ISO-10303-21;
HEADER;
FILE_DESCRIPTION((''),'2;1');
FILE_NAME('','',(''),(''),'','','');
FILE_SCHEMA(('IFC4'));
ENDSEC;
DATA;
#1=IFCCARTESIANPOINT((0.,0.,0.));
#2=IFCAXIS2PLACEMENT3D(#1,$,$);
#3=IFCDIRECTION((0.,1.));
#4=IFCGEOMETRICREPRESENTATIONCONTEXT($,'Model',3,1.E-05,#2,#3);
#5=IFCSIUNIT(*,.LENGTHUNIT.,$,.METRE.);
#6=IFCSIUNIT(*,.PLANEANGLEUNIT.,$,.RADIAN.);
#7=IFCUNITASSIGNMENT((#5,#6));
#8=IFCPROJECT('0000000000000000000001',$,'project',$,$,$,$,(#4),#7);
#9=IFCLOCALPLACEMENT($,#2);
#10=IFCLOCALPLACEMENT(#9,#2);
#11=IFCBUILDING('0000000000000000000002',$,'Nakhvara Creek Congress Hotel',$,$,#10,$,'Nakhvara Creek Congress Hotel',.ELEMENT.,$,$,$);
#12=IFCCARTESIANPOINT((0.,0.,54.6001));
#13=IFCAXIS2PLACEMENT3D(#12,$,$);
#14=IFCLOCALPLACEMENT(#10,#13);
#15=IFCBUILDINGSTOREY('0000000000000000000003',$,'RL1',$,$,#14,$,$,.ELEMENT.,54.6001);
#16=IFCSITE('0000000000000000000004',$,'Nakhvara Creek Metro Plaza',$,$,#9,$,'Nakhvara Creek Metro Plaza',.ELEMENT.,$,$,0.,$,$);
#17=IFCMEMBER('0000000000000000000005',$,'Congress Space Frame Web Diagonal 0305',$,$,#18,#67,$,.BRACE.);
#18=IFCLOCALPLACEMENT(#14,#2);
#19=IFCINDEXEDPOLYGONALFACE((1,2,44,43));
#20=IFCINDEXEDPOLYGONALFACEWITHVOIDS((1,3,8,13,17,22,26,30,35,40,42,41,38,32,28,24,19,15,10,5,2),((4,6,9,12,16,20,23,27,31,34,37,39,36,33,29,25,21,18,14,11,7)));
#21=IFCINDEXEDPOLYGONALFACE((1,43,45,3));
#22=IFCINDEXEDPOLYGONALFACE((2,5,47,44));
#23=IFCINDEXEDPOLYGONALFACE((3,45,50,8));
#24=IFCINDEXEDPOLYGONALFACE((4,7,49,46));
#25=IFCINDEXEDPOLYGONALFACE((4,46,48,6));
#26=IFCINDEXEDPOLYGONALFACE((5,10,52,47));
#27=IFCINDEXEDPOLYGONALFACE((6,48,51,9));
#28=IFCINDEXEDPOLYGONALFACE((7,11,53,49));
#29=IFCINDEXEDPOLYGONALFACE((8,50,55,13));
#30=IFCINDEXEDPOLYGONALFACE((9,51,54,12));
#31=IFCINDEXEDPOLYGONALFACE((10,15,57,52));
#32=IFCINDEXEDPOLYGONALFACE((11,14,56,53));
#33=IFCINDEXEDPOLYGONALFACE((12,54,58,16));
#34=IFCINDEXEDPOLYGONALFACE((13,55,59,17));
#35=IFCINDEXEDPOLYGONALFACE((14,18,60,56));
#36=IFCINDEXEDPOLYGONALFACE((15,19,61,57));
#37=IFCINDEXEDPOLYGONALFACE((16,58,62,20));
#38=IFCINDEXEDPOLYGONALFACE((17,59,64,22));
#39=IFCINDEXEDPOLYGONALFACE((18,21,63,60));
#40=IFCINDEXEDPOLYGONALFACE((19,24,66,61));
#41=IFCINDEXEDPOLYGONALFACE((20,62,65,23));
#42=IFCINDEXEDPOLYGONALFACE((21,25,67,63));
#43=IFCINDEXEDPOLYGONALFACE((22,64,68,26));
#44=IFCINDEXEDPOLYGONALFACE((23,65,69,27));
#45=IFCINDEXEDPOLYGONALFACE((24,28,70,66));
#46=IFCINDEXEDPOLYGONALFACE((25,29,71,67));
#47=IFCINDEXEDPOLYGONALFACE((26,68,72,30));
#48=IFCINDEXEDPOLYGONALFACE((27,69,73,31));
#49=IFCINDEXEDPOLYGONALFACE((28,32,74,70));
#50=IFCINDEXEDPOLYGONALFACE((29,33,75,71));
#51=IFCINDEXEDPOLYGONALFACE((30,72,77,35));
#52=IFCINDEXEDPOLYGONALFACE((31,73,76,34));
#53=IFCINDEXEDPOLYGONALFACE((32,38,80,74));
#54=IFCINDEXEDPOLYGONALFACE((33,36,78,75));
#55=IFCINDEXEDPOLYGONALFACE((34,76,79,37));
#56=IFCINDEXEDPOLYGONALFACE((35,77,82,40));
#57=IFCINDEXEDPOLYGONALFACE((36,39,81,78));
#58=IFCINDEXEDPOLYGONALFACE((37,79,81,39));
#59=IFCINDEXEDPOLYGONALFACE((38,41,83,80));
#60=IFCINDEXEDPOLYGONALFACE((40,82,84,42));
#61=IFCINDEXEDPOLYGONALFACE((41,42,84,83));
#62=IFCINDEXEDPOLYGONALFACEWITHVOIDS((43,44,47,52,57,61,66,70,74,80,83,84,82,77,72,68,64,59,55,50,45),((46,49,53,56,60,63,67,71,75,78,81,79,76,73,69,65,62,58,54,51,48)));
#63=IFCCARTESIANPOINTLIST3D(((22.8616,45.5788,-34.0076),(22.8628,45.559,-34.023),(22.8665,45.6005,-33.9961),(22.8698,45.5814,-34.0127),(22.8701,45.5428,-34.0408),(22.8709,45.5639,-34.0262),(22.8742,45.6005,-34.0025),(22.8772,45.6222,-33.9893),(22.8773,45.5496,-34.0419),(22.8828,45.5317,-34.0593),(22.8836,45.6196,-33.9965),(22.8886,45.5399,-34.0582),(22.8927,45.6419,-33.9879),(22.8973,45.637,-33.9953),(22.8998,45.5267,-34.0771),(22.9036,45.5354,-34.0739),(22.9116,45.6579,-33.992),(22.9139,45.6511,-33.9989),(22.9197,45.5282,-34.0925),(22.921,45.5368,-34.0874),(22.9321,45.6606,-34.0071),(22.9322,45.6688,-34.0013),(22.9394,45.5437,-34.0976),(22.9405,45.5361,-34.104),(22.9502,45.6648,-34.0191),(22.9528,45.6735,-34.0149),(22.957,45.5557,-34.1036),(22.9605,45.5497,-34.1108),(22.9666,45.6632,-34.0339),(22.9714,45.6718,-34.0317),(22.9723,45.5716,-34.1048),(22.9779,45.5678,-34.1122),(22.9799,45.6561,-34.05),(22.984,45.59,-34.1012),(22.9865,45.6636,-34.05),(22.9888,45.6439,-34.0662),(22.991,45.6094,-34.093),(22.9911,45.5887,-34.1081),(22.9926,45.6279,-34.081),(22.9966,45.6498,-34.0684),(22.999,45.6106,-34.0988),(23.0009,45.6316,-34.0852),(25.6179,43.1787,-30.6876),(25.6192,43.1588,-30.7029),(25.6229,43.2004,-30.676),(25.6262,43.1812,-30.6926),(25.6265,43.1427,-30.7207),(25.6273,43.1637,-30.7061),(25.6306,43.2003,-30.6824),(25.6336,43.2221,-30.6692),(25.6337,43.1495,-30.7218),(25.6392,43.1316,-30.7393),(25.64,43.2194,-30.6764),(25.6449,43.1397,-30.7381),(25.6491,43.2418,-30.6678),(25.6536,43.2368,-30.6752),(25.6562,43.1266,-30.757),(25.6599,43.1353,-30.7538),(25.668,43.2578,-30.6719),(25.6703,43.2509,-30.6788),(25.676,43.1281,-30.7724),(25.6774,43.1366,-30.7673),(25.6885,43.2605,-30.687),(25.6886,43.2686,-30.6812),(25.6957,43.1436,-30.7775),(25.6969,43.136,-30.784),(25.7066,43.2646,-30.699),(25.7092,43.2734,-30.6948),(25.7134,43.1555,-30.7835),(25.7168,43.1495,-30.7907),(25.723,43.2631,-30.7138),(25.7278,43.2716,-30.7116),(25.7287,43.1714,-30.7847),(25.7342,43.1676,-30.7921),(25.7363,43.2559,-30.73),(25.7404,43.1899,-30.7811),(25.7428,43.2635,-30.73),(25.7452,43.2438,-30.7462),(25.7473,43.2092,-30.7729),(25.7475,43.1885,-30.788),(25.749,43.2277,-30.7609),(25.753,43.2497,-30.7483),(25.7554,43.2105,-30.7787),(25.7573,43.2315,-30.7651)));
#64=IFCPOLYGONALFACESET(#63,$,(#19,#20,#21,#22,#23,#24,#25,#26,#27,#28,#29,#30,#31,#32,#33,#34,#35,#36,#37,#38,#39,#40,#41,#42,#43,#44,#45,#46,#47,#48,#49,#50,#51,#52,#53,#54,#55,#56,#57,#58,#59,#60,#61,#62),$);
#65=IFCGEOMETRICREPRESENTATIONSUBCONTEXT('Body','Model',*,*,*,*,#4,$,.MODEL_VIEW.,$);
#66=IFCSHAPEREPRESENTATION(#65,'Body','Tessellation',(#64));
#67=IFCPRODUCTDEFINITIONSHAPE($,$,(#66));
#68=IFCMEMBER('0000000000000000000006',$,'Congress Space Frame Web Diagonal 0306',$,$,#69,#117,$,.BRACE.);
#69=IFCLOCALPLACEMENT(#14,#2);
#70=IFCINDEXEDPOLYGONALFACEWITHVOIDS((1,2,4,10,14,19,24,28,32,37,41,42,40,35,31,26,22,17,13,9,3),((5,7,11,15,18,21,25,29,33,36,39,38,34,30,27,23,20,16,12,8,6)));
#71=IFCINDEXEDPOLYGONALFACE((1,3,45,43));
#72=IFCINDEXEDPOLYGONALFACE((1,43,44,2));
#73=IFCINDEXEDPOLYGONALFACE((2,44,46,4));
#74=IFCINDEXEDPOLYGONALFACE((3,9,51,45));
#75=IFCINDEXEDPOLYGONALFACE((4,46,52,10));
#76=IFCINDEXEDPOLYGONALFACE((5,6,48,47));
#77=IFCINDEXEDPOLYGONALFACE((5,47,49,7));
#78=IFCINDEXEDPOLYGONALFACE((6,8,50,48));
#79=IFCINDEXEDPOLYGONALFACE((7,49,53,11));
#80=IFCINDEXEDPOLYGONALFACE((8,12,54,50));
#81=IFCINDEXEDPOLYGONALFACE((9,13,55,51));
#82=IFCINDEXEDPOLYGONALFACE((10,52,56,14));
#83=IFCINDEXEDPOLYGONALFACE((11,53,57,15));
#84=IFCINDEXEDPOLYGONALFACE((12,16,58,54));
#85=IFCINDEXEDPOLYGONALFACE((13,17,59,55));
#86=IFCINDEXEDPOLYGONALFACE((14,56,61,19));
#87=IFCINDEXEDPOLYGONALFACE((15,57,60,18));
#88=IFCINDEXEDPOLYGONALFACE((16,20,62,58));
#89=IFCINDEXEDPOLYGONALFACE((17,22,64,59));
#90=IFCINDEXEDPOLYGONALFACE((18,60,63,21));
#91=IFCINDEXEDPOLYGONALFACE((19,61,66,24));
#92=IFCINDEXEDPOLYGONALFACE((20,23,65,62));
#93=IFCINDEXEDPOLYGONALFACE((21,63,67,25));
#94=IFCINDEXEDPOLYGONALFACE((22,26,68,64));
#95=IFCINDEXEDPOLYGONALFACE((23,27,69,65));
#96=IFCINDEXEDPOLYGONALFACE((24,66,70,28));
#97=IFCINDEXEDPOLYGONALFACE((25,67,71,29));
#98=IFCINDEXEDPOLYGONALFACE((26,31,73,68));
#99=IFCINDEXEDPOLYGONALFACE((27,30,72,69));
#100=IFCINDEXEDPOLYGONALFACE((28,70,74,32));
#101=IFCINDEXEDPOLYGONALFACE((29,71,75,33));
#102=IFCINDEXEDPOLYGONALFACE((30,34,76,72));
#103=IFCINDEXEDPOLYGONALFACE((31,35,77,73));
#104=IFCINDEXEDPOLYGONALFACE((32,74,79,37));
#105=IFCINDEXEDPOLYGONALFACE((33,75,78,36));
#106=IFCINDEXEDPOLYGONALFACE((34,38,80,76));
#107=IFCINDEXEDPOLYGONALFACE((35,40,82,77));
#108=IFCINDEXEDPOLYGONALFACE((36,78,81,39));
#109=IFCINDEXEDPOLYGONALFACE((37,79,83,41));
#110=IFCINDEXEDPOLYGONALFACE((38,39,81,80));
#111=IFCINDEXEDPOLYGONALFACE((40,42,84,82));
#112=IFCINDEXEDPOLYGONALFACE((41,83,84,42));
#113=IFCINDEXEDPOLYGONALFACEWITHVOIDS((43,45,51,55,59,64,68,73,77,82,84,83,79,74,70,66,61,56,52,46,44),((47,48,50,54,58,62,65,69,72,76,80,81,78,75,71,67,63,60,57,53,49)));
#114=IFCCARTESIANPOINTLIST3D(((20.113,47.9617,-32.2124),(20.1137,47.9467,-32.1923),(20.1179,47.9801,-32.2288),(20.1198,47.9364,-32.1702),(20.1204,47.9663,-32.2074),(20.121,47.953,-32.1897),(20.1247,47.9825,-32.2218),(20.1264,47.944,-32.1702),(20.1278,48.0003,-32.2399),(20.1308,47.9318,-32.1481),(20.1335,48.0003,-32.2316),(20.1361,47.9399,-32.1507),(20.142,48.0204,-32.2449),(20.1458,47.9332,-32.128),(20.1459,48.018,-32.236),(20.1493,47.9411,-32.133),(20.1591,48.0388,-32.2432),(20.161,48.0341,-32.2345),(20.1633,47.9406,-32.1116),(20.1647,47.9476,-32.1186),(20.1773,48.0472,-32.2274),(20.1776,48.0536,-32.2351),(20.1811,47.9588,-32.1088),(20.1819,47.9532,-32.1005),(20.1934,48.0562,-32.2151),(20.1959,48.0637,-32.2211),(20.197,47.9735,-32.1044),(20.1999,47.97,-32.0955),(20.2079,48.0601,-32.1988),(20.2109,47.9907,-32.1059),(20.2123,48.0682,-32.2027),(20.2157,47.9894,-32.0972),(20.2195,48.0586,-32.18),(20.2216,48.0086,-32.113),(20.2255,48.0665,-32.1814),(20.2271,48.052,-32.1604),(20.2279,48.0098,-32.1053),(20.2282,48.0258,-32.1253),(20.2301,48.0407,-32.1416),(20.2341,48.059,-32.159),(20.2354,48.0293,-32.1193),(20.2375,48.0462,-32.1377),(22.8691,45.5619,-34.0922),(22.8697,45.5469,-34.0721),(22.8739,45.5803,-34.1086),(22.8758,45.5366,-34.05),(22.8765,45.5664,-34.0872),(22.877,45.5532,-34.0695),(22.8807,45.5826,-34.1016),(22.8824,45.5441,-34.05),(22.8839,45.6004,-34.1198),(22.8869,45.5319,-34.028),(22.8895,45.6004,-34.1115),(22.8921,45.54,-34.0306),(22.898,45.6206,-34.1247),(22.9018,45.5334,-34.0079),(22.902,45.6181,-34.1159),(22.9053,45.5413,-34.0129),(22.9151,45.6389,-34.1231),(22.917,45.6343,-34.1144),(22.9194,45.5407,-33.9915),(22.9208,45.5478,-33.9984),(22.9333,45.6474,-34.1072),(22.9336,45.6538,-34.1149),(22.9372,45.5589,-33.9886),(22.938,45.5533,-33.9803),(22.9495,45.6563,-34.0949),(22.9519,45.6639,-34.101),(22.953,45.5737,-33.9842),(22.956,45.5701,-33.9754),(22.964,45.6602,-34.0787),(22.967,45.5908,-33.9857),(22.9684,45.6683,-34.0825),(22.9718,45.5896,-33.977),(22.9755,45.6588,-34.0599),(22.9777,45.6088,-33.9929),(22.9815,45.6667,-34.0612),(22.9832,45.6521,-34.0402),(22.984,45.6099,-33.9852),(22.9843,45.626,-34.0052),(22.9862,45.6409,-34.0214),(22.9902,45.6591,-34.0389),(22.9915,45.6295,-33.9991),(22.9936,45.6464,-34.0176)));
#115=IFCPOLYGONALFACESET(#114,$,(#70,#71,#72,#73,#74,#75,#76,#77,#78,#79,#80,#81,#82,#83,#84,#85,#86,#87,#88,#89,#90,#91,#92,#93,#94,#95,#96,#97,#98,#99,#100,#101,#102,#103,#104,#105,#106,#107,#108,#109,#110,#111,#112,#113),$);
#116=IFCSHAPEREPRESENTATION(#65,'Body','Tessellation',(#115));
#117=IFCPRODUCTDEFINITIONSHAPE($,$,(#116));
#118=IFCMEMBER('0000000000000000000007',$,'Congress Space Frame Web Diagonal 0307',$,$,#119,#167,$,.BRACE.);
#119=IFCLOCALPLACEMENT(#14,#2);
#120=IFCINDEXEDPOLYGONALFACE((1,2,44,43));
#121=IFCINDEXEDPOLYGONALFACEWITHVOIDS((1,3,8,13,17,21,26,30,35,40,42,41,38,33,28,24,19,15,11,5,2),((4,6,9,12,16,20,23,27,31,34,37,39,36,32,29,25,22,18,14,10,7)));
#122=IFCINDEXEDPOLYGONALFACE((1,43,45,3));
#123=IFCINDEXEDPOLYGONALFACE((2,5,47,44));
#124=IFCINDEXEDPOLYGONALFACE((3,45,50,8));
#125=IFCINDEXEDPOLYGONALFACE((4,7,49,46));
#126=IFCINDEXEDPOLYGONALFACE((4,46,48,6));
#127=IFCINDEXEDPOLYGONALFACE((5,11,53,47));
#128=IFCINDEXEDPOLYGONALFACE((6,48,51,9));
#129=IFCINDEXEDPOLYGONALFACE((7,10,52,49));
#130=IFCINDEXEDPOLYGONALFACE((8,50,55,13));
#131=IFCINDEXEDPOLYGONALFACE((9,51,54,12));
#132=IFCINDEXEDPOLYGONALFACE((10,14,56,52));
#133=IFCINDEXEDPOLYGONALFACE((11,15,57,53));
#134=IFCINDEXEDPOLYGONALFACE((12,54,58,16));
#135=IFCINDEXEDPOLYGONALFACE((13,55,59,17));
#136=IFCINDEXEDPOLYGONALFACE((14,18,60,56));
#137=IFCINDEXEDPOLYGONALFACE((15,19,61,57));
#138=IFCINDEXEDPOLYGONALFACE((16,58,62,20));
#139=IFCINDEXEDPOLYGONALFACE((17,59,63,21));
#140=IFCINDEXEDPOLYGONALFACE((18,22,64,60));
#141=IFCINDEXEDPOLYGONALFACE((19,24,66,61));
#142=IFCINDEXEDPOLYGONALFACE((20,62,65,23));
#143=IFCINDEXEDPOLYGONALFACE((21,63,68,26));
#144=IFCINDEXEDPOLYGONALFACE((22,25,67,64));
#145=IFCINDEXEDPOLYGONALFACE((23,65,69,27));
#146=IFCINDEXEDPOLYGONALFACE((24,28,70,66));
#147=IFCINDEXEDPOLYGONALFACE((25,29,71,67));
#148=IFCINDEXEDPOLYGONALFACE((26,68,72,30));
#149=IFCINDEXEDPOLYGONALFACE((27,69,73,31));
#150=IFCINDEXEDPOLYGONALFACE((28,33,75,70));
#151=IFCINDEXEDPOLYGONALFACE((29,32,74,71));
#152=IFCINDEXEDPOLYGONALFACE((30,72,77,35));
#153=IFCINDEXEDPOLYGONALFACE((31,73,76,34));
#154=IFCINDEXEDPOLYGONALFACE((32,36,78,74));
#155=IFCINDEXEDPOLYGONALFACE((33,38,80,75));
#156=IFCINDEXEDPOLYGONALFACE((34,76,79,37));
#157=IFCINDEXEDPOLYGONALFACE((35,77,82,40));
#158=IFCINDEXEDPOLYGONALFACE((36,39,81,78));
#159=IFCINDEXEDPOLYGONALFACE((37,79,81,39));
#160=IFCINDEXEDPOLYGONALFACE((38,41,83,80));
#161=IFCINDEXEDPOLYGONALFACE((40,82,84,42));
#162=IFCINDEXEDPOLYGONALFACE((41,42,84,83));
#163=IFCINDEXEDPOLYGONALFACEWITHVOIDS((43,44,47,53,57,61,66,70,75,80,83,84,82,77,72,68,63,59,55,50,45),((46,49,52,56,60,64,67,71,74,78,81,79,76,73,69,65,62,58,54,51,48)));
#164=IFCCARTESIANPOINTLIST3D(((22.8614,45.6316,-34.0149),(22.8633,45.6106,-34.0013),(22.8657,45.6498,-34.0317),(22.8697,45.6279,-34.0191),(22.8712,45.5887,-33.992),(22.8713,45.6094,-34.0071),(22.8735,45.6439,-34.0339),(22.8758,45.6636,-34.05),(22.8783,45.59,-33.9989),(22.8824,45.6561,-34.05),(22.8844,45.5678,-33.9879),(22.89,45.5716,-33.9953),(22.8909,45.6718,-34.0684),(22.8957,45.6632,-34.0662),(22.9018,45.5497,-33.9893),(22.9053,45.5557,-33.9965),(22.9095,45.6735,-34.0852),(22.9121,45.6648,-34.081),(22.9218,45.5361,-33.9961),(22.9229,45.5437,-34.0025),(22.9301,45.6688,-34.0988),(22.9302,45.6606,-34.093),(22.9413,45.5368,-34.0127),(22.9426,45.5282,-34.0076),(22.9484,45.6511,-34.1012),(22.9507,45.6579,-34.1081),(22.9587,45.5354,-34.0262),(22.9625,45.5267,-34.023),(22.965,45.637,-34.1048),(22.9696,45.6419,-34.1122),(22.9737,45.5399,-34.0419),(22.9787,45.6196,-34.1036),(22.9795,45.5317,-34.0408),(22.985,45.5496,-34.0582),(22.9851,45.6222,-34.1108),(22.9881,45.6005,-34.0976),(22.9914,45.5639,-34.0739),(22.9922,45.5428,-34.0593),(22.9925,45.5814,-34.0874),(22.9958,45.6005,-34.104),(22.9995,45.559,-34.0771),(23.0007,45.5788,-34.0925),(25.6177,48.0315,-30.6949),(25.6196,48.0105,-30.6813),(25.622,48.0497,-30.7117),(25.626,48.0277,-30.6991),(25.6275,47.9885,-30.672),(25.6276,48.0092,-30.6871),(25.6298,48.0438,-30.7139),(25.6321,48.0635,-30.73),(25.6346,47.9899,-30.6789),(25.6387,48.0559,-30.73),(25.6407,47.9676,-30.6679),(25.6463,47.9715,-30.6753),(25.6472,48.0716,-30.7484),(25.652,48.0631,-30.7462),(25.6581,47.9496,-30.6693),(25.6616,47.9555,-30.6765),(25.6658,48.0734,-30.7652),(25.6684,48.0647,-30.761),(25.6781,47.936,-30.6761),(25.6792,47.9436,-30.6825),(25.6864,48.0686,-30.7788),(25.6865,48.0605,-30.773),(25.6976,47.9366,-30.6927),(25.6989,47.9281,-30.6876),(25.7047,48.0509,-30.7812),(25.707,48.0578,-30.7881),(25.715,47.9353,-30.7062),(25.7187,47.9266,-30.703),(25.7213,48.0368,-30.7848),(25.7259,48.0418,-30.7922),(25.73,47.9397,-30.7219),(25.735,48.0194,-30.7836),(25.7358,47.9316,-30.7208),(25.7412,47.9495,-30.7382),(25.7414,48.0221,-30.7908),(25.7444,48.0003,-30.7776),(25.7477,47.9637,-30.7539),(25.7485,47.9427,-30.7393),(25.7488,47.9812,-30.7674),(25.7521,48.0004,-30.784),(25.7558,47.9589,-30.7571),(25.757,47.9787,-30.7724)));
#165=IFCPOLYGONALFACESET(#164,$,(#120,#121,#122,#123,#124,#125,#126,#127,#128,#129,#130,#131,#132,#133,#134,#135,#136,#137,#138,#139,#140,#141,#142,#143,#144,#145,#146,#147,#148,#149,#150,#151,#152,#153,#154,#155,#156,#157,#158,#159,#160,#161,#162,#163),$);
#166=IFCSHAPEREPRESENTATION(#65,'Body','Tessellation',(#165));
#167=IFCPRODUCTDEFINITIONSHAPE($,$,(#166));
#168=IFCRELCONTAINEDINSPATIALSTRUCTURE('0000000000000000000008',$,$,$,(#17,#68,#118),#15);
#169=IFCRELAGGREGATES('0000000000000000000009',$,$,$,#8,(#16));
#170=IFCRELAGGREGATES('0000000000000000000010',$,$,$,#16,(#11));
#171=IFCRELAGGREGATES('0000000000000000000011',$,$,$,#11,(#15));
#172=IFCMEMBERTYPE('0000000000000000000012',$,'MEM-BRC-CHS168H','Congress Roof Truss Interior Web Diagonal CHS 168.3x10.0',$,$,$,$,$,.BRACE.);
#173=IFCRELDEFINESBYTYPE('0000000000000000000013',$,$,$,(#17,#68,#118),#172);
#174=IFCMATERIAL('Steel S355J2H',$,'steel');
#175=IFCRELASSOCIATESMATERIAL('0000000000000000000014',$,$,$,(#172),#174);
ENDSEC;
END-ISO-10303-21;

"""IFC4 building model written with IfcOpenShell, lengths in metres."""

from ifc_helpers import new_model, si_unit, direction, frame, origin, origin_2d, place, context, subcontext, project, spatial, hollow_circle, extrude, material, material_profile, profile_set, type_object, element, save


model = new_model("IFC4")

# Units and contexts
model_context = context("Model", 3, precision=1e-05, world=origin(), true_north=direction((0.0, 1.0)))
body_context = subcontext(model_context, "Body", "Model", "MODEL_VIEW")
ifc_project = project(units=[si_unit("LENGTHUNIT", "METRE"), si_unit("PLANEANGLEUNIT", "RADIAN")], contexts=[model_context])

# Site, building, storey
site_placement = place(None, origin())
site = spatial("IfcSite", under=ifc_project, at=site_placement, Name="Nakhvara Creek Metro Plaza", LongName="Nakhvara Creek Metro Plaza", CompositionType="ELEMENT", RefElevation=0.0)
building_placement = place(site_placement, origin())
building = spatial("IfcBuilding", under=site, at=building_placement, Name="Nakhvara Creek Congress Hotel", LongName="Nakhvara Creek Congress Hotel", CompositionType="ELEMENT")
storey_placement = place(building_placement, frame((0.0, 0.0, 54.6001)))
storey = spatial("IfcBuildingStorey", under=building, at=storey_placement, Name="RL1", CompositionType="ELEMENT", Elevation=54.6001)

# Members
ifc_material_1 = material(Name="Steel S355J2H", Category="steel")
ifc_material_profile_1 = material_profile(ifc_material_1, hollow_circle(Radius=0.0842, WallThickness=0.01, at=origin_2d()), Name="CHS 168.3x10.0", Category="LoadBearing")
ifc_profile_set_1 = profile_set([ifc_material_profile_1], Name="Steel S355J2H")
member_type_1 = type_object("IfcMemberType", Name="MEM-BRC-CHS168H", Description="Congress Roof Truss Interior Web Diagonal CHS 168.3x10.0", PredefinedType="BRACE", material=ifc_profile_set_1)
member_1_placement = place(storey_placement, frame((22.9312, 45.6001, -34.05), z_axis=(0.558224, -0.486085, 0.67239), x_axis=(0.656696, 0.754155, 0.0)))
element("IfcMember", 1, at=member_1_placement, inside=storey, type_object=member_type_1, Name="Congress Space Frame Web Diagonal 0305", PredefinedType="BRACE", context=body_context, shape_type="SweptSolid", body=[
    extrude(hollow_circle(Radius=0.0842, WallThickness=0.01, at=origin_2d()), origin(), (0.0, 0.0, 1.0), 4.9377),
])
member_2_placement = place(storey_placement, frame((22.9312, 45.6001, -34.05), z_axis=(-0.670634, 0.583961, 0.457426), x_axis=(-0.656691, -0.75416, 0.0)))
element("IfcMember", 2, at=member_2_placement, inside=storey, type_object=member_type_1, Name="Congress Space Frame Web Diagonal 0306", PredefinedType="BRACE", context=body_context, shape_type="SweptSolid", body=[
    extrude(hollow_circle(Radius=0.0842, WallThickness=0.01, at=origin_2d()), origin(), (0.0, 0.0, 1.0), 4.1096),
])
member_3_placement = place(storey_placement, frame((22.9312, 45.6001, -34.05), z_axis=(0.558237, 0.486047, 0.672406), x_axis=(-0.656658, 0.754188, 0.0)))
element("IfcMember", 3, at=member_3_placement, inside=storey, type_object=member_type_1, Name="Congress Space Frame Web Diagonal 0307", PredefinedType="BRACE", context=body_context, shape_type="SweptSolid", body=[
    extrude(hollow_circle(Radius=0.0842, WallThickness=0.01, at=origin_2d()), origin(), (0.0, 0.0, 1.0), 4.9375),
])

save(model, "model.ifc")
